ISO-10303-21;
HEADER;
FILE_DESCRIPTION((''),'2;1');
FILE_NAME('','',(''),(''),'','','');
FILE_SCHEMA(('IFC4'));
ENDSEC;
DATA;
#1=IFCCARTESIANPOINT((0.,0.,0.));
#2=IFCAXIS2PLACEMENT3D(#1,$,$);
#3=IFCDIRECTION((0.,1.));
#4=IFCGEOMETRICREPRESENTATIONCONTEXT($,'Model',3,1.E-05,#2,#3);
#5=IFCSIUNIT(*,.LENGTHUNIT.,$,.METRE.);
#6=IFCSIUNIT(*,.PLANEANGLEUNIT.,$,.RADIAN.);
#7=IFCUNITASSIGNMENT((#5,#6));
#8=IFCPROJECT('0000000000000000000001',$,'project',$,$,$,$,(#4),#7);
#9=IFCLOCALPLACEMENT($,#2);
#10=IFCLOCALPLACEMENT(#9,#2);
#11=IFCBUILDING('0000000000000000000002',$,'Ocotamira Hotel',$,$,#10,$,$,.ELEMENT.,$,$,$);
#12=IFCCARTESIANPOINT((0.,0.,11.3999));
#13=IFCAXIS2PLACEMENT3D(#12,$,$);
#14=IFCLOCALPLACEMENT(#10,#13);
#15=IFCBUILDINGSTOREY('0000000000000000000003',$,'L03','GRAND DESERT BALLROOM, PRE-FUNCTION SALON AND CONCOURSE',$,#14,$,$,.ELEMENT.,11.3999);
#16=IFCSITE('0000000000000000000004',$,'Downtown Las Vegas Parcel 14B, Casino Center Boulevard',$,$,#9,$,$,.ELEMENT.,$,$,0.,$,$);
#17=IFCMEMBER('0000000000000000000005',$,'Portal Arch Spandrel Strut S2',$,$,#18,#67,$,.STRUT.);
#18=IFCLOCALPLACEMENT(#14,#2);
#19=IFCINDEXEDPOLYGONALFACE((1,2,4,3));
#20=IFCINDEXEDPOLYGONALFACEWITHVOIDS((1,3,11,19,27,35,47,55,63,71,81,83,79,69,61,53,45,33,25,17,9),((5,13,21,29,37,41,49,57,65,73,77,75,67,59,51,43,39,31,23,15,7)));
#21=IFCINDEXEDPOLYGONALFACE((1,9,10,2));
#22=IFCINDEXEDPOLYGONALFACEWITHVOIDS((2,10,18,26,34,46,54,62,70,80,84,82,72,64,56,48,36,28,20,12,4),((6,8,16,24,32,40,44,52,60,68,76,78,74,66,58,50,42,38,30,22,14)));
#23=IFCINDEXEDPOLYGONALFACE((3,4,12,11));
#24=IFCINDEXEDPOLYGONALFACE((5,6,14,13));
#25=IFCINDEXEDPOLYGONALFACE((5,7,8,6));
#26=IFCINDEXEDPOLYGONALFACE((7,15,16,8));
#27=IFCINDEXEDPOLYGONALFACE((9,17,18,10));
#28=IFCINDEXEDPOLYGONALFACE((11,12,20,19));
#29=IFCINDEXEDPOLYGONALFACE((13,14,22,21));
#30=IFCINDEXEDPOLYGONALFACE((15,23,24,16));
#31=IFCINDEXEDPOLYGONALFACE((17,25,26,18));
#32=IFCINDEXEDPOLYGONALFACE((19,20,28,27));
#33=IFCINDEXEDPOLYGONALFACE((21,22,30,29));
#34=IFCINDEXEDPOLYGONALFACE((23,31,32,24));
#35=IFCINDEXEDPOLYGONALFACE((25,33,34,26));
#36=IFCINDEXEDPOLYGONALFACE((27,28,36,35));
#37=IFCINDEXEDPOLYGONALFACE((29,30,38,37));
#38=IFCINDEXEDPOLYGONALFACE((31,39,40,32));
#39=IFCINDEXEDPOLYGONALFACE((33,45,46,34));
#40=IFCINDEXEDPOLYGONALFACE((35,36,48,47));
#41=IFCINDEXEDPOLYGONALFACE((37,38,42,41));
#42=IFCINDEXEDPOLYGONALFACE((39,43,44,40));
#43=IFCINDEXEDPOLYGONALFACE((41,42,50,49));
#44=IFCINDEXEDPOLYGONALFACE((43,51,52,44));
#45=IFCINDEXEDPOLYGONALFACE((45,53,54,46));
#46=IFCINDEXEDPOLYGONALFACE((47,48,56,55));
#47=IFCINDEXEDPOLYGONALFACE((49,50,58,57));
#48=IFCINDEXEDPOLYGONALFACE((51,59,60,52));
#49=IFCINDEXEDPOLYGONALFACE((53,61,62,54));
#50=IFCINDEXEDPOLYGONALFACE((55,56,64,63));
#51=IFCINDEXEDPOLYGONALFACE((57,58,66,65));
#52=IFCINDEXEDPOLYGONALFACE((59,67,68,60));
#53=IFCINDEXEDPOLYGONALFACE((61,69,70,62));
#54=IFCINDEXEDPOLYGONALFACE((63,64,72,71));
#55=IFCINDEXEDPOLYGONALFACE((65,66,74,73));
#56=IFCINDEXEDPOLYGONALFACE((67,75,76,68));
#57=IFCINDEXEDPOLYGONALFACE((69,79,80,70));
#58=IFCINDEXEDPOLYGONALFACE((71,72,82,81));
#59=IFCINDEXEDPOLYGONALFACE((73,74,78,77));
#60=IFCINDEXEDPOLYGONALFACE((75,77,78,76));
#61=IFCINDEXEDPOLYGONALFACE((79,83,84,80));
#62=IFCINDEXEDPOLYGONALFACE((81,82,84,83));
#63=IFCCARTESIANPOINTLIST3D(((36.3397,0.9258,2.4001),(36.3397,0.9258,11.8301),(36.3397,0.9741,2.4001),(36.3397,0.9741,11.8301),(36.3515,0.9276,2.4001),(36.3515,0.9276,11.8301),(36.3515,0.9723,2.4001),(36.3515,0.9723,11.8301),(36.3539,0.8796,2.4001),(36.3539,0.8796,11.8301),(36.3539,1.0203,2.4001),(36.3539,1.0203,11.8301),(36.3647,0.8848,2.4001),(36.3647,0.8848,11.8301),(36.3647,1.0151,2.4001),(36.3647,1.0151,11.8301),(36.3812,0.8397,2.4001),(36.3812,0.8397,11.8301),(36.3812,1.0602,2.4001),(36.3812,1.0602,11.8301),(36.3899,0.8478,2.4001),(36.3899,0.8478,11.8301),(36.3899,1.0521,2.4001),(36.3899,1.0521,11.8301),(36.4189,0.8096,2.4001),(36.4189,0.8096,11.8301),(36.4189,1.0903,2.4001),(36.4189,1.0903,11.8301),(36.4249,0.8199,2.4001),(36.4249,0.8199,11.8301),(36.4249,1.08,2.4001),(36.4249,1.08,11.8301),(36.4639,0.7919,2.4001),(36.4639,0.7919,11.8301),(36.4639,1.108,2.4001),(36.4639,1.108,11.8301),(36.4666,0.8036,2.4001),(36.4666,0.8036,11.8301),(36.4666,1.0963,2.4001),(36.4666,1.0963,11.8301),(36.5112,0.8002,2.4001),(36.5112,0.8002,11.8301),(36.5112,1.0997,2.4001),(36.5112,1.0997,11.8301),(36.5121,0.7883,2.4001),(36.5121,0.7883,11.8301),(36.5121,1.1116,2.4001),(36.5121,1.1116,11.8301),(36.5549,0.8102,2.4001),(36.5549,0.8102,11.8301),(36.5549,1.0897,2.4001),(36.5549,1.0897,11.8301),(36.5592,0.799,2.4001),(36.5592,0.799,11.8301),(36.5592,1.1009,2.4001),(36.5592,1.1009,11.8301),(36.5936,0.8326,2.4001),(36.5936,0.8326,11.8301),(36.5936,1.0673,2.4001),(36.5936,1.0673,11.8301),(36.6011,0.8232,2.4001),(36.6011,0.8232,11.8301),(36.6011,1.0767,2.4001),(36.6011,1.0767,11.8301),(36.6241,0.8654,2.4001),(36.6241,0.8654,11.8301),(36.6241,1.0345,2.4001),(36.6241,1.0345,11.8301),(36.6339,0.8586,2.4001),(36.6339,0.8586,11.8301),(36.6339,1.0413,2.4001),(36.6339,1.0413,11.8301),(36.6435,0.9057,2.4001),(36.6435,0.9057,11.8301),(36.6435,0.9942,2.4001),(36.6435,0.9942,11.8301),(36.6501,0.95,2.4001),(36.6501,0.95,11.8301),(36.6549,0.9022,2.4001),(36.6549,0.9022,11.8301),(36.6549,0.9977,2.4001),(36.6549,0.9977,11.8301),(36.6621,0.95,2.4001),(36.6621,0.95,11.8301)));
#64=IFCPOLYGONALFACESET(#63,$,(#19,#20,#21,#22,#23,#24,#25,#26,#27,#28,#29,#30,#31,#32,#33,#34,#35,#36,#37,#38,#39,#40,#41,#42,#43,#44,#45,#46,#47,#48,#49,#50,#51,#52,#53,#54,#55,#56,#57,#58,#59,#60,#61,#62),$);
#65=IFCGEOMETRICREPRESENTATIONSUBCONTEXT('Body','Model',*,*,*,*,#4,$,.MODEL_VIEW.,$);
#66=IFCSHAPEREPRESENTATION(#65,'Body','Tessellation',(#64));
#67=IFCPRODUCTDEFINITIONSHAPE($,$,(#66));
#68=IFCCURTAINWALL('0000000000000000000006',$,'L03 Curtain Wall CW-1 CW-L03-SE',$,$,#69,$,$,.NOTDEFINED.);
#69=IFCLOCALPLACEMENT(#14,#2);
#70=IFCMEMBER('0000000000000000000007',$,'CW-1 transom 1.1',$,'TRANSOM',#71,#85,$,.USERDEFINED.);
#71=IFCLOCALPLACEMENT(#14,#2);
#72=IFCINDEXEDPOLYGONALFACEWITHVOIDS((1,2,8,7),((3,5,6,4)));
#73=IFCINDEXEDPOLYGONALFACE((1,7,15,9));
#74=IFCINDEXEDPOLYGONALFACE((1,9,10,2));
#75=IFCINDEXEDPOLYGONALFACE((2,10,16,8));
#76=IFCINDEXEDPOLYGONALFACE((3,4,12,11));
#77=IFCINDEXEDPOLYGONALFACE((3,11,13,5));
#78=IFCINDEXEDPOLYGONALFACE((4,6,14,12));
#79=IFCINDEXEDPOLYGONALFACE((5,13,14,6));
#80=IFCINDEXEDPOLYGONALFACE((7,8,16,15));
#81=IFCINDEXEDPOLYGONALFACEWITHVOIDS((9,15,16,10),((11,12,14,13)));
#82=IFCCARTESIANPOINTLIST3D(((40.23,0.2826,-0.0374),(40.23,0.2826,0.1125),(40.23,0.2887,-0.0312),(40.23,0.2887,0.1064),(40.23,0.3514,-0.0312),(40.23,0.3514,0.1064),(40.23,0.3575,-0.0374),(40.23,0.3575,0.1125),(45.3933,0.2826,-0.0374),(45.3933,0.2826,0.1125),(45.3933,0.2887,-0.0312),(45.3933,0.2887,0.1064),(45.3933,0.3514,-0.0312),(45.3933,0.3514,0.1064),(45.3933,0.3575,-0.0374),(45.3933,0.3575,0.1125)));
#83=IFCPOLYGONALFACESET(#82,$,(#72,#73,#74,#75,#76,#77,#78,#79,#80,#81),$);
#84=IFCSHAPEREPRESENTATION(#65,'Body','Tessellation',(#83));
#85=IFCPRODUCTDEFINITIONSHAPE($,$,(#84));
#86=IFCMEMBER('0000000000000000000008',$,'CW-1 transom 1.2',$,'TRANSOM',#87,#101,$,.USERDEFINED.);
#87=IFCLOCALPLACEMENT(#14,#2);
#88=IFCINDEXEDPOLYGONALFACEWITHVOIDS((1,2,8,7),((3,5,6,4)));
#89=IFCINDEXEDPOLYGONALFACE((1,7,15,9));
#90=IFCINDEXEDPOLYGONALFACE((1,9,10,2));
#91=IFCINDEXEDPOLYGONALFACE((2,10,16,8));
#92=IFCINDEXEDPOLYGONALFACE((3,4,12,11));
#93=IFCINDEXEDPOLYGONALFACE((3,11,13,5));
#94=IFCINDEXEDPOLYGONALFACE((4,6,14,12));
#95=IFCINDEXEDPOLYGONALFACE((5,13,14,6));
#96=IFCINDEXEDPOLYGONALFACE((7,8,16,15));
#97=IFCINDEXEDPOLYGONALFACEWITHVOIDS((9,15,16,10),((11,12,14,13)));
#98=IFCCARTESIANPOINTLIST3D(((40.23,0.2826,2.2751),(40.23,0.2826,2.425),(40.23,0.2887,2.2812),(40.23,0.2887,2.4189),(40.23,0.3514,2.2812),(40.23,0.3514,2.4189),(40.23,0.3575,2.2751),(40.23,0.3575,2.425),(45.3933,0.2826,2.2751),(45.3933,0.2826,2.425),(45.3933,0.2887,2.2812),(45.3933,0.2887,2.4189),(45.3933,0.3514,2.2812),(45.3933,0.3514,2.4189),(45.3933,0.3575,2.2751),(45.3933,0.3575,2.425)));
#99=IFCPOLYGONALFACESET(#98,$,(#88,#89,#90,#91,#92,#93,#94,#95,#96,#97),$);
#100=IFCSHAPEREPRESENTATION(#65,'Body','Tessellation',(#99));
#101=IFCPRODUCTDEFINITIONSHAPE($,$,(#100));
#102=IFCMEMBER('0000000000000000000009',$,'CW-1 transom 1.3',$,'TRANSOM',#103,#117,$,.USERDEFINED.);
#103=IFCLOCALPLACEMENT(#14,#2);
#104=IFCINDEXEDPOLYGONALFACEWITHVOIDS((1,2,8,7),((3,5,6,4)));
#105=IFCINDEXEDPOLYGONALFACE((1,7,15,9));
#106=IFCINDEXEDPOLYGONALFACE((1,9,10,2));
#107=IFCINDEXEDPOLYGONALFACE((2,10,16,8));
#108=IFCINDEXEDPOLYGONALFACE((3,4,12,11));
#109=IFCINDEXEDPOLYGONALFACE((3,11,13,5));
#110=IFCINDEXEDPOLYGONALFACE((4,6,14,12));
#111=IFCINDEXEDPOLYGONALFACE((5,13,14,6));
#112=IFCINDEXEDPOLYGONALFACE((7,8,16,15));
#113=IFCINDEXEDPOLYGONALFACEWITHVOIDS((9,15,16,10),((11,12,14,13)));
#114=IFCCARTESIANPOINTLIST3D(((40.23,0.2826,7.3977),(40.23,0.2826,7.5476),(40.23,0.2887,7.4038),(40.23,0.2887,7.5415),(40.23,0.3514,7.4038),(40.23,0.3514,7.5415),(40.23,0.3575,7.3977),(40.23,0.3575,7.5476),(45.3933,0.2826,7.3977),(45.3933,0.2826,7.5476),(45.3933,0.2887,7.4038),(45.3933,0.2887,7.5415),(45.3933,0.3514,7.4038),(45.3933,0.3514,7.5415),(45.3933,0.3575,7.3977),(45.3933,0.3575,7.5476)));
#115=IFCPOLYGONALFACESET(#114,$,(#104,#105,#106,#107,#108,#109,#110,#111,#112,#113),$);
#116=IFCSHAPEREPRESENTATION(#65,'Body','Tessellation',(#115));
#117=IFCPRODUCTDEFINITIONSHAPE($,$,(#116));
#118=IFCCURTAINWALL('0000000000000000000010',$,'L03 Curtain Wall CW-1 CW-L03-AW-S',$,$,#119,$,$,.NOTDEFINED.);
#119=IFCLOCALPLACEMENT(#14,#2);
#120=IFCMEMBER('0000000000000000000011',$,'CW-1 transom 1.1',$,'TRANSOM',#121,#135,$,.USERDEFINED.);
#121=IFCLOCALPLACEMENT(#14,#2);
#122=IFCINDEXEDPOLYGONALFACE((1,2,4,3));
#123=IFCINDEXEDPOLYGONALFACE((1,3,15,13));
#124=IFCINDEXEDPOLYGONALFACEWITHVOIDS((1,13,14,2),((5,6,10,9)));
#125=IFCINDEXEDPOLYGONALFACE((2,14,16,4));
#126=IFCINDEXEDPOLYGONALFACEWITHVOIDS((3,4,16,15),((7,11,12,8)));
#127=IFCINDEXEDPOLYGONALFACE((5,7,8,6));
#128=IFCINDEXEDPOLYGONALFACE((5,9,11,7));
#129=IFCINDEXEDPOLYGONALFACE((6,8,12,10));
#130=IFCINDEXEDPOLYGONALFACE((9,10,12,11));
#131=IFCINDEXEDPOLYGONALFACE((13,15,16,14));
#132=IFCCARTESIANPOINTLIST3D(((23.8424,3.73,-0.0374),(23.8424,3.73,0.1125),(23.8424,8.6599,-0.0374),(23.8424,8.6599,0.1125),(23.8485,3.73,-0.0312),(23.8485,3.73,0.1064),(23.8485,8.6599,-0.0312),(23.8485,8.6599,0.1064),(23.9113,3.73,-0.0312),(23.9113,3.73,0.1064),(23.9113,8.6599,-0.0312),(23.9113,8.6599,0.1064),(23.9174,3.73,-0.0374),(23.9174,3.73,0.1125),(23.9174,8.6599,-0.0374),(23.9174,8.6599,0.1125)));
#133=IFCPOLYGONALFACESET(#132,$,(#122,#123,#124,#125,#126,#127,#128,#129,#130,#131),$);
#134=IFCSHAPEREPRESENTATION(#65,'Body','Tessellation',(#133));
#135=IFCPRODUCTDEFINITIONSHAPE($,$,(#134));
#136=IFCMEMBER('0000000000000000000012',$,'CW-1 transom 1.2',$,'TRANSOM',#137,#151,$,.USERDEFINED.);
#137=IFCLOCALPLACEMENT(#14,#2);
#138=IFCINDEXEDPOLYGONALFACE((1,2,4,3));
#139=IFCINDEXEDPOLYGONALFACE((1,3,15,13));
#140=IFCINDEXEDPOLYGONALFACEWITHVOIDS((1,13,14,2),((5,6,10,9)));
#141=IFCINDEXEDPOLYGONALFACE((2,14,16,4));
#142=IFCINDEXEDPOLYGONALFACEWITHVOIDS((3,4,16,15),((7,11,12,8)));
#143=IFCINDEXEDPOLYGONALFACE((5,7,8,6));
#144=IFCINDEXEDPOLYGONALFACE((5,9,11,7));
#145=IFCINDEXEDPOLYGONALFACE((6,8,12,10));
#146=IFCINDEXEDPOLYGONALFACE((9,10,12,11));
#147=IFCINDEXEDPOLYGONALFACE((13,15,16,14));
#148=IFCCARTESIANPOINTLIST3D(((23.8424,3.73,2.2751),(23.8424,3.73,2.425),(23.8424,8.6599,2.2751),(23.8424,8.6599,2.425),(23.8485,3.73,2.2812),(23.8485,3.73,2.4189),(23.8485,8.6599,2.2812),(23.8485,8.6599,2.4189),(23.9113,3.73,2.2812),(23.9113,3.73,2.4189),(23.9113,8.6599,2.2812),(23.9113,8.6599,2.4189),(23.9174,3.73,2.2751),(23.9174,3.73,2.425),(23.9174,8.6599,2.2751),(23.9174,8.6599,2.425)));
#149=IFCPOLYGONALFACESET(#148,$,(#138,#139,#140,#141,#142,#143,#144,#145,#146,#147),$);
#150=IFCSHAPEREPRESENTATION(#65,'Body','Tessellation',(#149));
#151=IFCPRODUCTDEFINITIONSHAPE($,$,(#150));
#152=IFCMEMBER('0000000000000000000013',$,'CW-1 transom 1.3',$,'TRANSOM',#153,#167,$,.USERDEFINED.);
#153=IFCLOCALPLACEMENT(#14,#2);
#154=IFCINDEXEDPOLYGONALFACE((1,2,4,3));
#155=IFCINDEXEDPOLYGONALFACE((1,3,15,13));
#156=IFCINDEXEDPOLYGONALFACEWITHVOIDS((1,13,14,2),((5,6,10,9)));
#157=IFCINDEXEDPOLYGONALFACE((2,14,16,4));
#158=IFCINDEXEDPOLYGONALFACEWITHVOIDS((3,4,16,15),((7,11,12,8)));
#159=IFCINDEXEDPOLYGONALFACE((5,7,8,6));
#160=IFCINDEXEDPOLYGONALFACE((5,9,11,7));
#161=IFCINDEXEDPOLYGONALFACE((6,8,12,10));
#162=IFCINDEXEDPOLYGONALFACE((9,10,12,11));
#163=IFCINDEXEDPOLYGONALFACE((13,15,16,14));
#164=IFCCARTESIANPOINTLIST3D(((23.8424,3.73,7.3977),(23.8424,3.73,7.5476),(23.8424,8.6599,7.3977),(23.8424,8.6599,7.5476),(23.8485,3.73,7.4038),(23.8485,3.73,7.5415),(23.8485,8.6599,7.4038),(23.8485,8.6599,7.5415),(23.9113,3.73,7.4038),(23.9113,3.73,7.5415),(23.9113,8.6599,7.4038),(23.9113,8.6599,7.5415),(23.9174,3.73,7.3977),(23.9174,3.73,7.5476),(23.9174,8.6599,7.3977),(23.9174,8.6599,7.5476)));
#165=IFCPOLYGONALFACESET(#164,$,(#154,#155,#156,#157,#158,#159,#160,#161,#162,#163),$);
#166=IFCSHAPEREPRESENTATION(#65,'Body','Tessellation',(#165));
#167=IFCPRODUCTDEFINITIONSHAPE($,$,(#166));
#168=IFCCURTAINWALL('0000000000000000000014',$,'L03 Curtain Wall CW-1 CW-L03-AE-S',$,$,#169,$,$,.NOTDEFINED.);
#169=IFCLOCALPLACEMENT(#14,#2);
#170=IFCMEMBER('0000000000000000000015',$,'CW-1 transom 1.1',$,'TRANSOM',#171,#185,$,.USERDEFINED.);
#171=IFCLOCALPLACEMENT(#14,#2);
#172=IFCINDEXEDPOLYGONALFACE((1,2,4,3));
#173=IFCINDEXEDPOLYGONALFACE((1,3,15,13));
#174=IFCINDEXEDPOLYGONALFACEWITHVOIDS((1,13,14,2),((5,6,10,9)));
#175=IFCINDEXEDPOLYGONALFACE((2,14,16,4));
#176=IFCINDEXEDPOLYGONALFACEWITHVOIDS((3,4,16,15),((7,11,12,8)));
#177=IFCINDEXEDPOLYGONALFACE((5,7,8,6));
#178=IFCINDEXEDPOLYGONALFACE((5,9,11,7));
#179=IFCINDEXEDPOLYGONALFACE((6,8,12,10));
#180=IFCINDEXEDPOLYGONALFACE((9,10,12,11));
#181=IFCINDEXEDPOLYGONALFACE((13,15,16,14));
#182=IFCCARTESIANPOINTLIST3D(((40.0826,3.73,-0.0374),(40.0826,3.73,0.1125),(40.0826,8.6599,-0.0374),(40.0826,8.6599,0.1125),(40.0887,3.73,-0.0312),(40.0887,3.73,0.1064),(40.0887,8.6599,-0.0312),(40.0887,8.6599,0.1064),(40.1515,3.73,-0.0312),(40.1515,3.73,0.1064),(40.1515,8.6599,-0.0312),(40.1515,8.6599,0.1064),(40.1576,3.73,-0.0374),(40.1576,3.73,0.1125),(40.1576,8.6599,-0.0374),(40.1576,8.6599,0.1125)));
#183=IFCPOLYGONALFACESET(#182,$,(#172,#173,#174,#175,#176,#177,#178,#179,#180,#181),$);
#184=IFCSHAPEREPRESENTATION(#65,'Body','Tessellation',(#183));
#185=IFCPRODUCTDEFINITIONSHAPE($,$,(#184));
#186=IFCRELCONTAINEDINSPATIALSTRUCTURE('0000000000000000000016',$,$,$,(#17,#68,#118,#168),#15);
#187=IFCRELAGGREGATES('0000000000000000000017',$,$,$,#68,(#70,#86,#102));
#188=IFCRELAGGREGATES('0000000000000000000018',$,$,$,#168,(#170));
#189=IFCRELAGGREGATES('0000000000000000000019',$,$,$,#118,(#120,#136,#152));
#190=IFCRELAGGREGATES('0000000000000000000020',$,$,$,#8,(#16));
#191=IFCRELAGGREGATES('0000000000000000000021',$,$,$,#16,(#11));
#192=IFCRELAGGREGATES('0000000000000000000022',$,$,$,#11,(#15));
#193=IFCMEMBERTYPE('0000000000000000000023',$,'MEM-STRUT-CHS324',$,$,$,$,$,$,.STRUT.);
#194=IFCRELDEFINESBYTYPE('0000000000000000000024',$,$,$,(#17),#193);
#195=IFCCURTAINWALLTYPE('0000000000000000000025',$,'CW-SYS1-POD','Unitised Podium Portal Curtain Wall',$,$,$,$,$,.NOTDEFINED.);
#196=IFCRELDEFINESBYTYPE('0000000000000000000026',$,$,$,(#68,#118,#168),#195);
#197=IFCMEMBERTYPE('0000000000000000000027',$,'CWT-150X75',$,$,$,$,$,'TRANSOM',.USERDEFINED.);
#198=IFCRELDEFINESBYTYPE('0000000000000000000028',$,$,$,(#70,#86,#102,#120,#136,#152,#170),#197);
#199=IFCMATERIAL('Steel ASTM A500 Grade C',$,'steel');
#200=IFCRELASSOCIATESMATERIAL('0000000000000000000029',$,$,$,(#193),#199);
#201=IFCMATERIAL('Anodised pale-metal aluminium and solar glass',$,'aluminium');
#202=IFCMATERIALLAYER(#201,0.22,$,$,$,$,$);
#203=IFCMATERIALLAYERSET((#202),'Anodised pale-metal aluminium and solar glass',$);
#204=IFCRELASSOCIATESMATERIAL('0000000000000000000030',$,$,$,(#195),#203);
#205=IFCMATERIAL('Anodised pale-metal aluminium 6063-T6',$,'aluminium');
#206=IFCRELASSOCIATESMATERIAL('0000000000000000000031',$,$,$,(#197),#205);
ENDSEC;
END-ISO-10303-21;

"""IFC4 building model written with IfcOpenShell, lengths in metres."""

from ifc_helpers import new_model, si_unit, direction, frame, origin, origin_2d, place, context, subcontext, project, spatial, hollow_rectangle, hollow_circle, extrude, source, transform, mapped, material, layer, layer_set, material_profile, profile_set, type_object, element, aggregate, save


model = new_model("IFC4")

# Units and contexts
model_context = context("Model", 3, precision=1e-05, world=origin(), true_north=direction((0.0, 1.0)))
body_context = subcontext(model_context, "Body", "Model", "MODEL_VIEW")
ifc_project = project(units=[si_unit("LENGTHUNIT", "METRE"), si_unit("PLANEANGLEUNIT", "RADIAN")], contexts=[model_context])

# Site, building, storey
site_placement = place(None, origin())
site = spatial("IfcSite", under=ifc_project, at=site_placement, Name="Downtown Las Vegas Parcel 14B, Casino Center Boulevard", CompositionType="ELEMENT", RefElevation=0.0)
building_placement = place(site_placement, origin())
building = spatial("IfcBuilding", under=site, at=building_placement, Name="Ocotamira Hotel", CompositionType="ELEMENT")
storey_placement = place(building_placement, frame((0.0, 0.0, 11.3999)))
storey = spatial("IfcBuildingStorey", under=building, at=storey_placement, Name="L03", Description="GRAND DESERT BALLROOM, PRE-FUNCTION SALON AND CONCOURSE", CompositionType="ELEMENT", Elevation=11.3999)

# Member
ifc_material_1 = material(Name="Steel ASTM A500 Grade C", Category="steel")
ifc_material_profile_1 = material_profile(ifc_material_1, hollow_circle(Radius=0.1621, WallThickness=0.012, at=origin_2d()), Name="CHS324X12")
ifc_profile_set_1 = profile_set([ifc_material_profile_1], Name="Steel ASTM A500 Grade C")
member_type_1 = type_object("IfcMemberType", Name="MEM-STRUT-CHS324", PredefinedType="STRUT", material=ifc_profile_set_1)
shared_shape_1 = source(origin(), body_context, "Body", "SweptSolid", [
    extrude(hollow_circle(Radius=0.1621, WallThickness=0.012, at=origin_2d()), origin(), (0.0, 0.0, 1.0), 9.4299),
])
for number, where, z_axis, x_axis, name in (
    (1, (36.5, 0.95, 2.4001), (0.0, 0.0, 1.0), (1.0, 0.0, 0.0), "Portal Arch Spandrel Strut S2"),
):
    element("IfcMember", number, at=place(storey_placement, frame(where, z_axis=z_axis, x_axis=x_axis)), inside=storey, type_object=member_type_1, Name=name, PredefinedType="STRUT", context=body_context, shape_type="MappedRepresentation", body=[
        mapped(shared_shape_1, transform((0.0, 0.0, 0.0), scale=1.0)),
    ])

# Curtain walls, members
ifc_material_2 = material(Name="Anodised pale-metal aluminium and solar glass", Category="aluminium")
ifc_layer_1 = layer(ifc_material_2, 0.22)
ifc_layer_set_1 = layer_set([ifc_layer_1], Name="Anodised pale-metal aluminium and solar glass")
curtain_wall_type = type_object("IfcCurtainWallType", Name="CW-SYS1-POD", Description="Unitised Podium Portal Curtain Wall", PredefinedType="NOTDEFINED", material=ifc_layer_set_1)
curtain_wall_1_placement = place(storey_placement, origin())
curtain_wall_1 = element("IfcCurtainWall", 2, at=curtain_wall_1_placement, inside=storey, type_object=curtain_wall_type, Name="L03 Curtain Wall CW-1 CW-L03-SE", PredefinedType="NOTDEFINED")
ifc_material_3 = material(Name="Anodised pale-metal aluminium 6063-T6", Category="aluminium")
ifc_material_profile_2 = material_profile(ifc_material_3, hollow_rectangle(XDim=0.075, YDim=0.1499, WallThickness=0.0061, at=origin_2d()), Name="HSS150X75X6")
ifc_profile_set_2 = profile_set([ifc_material_profile_2], Name="Anodised pale-metal aluminium 6063-T6")
member_type_2 = type_object("IfcMemberType", Name="CWT-150X75", ElementType="TRANSOM", PredefinedType="USERDEFINED", material=ifc_profile_set_2)
shared_shape_2 = source(origin(), body_context, "Body", "SweptSolid", [
    extrude(hollow_rectangle(XDim=0.075, YDim=0.1499, WallThickness=0.0061, at=origin_2d()), origin(), (0.0, 0.0, 1.0), 5.1633),
])
member_1_placement = place(storey_placement, frame((40.23, 0.3201, 0.0376), z_axis=(1.0, 0.0, 0.0), x_axis=(0.0, 1.0, 0.0)))
member_1 = element("IfcMember", 3, at=member_1_placement, type_object=member_type_2, Name="CW-1 transom 1.1", ObjectType="TRANSOM", PredefinedType="USERDEFINED", context=body_context, shape_type="MappedRepresentation", body=[
    mapped(shared_shape_2, transform((0.0, 0.0, 0.0), scale=1.0)),
])
member_2_placement = place(storey_placement, frame((40.23, 0.3201, 2.3501), z_axis=(1.0, 0.0, 0.0), x_axis=(0.0, 1.0, 0.0)))
member_2 = element("IfcMember", 4, at=member_2_placement, type_object=member_type_2, Name="CW-1 transom 1.2", ObjectType="TRANSOM", PredefinedType="USERDEFINED", context=body_context, shape_type="MappedRepresentation", body=[
    mapped(shared_shape_2, transform((0.0, 0.0, 0.0), scale=1.0)),
])
member_3_placement = place(storey_placement, frame((40.23, 0.3201, 7.4727), z_axis=(1.0, 0.0, 0.0), x_axis=(0.0, 1.0, 0.0)))
member_3 = element("IfcMember", 5, at=member_3_placement, type_object=member_type_2, Name="CW-1 transom 1.3", ObjectType="TRANSOM", PredefinedType="USERDEFINED", context=body_context, shape_type="MappedRepresentation", body=[
    mapped(shared_shape_2, transform((0.0, 0.0, 0.0), scale=1.0)),
])
curtain_wall_2_placement = place(storey_placement, origin())
curtain_wall_2 = element("IfcCurtainWall", 6, at=curtain_wall_2_placement, inside=storey, type_object=curtain_wall_type, Name="L03 Curtain Wall CW-1 CW-L03-AW-S", PredefinedType="NOTDEFINED")
shared_shape_3 = source(origin(), body_context, "Body", "SweptSolid", [
    extrude(hollow_rectangle(XDim=0.075, YDim=0.1499, WallThickness=0.0061, at=origin_2d()), origin(), (0.0, 0.0, 1.0), 4.9299),
])
member_4_placement = place(storey_placement, frame((23.8799, 3.73, 0.0376), z_axis=(0.0, 1.0, 0.0), x_axis=(-1.0, 0.0, 0.0)))
member_4 = element("IfcMember", 7, at=member_4_placement, type_object=member_type_2, Name="CW-1 transom 1.1", ObjectType="TRANSOM", PredefinedType="USERDEFINED", context=body_context, shape_type="MappedRepresentation", body=[
    mapped(shared_shape_3, transform((0.0, 0.0, 0.0), scale=1.0)),
])
member_5_placement = place(storey_placement, frame((23.8799, 3.73, 2.3501), z_axis=(0.0, 1.0, 0.0), x_axis=(-1.0, 0.0, 0.0)))
member_5 = element("IfcMember", 8, at=member_5_placement, type_object=member_type_2, Name="CW-1 transom 1.2", ObjectType="TRANSOM", PredefinedType="USERDEFINED", context=body_context, shape_type="MappedRepresentation", body=[
    mapped(shared_shape_3, transform((0.0, 0.0, 0.0), scale=1.0)),
])
member_6_placement = place(storey_placement, frame((23.8799, 3.73, 7.4727), z_axis=(0.0, 1.0, 0.0), x_axis=(-1.0, 0.0, 0.0)))
member_6 = element("IfcMember", 9, at=member_6_placement, type_object=member_type_2, Name="CW-1 transom 1.3", ObjectType="TRANSOM", PredefinedType="USERDEFINED", context=body_context, shape_type="MappedRepresentation", body=[
    mapped(shared_shape_3, transform((0.0, 0.0, 0.0), scale=1.0)),
])
curtain_wall_3_placement = place(storey_placement, origin())
curtain_wall_3 = element("IfcCurtainWall", 10, at=curtain_wall_3_placement, inside=storey, type_object=curtain_wall_type, Name="L03 Curtain Wall CW-1 CW-L03-AE-S", PredefinedType="NOTDEFINED")
member_7_placement = place(storey_placement, frame((40.1201, 3.73, 0.0376), z_axis=(0.0, 1.0, 0.0), x_axis=(-1.0, 0.0, 0.0)))
member_7 = element("IfcMember", 11, at=member_7_placement, type_object=member_type_2, Name="CW-1 transom 1.1", ObjectType="TRANSOM", PredefinedType="USERDEFINED", context=body_context, shape_type="MappedRepresentation", body=[
    mapped(shared_shape_3, transform((0.0, 0.0, 0.0), scale=1.0)),
])

aggregate(curtain_wall_1, [member_1, member_2, member_3])

aggregate(curtain_wall_3, [member_7])
aggregate(curtain_wall_2, [member_4, member_5, member_6])

save(model, "model.ifc")
